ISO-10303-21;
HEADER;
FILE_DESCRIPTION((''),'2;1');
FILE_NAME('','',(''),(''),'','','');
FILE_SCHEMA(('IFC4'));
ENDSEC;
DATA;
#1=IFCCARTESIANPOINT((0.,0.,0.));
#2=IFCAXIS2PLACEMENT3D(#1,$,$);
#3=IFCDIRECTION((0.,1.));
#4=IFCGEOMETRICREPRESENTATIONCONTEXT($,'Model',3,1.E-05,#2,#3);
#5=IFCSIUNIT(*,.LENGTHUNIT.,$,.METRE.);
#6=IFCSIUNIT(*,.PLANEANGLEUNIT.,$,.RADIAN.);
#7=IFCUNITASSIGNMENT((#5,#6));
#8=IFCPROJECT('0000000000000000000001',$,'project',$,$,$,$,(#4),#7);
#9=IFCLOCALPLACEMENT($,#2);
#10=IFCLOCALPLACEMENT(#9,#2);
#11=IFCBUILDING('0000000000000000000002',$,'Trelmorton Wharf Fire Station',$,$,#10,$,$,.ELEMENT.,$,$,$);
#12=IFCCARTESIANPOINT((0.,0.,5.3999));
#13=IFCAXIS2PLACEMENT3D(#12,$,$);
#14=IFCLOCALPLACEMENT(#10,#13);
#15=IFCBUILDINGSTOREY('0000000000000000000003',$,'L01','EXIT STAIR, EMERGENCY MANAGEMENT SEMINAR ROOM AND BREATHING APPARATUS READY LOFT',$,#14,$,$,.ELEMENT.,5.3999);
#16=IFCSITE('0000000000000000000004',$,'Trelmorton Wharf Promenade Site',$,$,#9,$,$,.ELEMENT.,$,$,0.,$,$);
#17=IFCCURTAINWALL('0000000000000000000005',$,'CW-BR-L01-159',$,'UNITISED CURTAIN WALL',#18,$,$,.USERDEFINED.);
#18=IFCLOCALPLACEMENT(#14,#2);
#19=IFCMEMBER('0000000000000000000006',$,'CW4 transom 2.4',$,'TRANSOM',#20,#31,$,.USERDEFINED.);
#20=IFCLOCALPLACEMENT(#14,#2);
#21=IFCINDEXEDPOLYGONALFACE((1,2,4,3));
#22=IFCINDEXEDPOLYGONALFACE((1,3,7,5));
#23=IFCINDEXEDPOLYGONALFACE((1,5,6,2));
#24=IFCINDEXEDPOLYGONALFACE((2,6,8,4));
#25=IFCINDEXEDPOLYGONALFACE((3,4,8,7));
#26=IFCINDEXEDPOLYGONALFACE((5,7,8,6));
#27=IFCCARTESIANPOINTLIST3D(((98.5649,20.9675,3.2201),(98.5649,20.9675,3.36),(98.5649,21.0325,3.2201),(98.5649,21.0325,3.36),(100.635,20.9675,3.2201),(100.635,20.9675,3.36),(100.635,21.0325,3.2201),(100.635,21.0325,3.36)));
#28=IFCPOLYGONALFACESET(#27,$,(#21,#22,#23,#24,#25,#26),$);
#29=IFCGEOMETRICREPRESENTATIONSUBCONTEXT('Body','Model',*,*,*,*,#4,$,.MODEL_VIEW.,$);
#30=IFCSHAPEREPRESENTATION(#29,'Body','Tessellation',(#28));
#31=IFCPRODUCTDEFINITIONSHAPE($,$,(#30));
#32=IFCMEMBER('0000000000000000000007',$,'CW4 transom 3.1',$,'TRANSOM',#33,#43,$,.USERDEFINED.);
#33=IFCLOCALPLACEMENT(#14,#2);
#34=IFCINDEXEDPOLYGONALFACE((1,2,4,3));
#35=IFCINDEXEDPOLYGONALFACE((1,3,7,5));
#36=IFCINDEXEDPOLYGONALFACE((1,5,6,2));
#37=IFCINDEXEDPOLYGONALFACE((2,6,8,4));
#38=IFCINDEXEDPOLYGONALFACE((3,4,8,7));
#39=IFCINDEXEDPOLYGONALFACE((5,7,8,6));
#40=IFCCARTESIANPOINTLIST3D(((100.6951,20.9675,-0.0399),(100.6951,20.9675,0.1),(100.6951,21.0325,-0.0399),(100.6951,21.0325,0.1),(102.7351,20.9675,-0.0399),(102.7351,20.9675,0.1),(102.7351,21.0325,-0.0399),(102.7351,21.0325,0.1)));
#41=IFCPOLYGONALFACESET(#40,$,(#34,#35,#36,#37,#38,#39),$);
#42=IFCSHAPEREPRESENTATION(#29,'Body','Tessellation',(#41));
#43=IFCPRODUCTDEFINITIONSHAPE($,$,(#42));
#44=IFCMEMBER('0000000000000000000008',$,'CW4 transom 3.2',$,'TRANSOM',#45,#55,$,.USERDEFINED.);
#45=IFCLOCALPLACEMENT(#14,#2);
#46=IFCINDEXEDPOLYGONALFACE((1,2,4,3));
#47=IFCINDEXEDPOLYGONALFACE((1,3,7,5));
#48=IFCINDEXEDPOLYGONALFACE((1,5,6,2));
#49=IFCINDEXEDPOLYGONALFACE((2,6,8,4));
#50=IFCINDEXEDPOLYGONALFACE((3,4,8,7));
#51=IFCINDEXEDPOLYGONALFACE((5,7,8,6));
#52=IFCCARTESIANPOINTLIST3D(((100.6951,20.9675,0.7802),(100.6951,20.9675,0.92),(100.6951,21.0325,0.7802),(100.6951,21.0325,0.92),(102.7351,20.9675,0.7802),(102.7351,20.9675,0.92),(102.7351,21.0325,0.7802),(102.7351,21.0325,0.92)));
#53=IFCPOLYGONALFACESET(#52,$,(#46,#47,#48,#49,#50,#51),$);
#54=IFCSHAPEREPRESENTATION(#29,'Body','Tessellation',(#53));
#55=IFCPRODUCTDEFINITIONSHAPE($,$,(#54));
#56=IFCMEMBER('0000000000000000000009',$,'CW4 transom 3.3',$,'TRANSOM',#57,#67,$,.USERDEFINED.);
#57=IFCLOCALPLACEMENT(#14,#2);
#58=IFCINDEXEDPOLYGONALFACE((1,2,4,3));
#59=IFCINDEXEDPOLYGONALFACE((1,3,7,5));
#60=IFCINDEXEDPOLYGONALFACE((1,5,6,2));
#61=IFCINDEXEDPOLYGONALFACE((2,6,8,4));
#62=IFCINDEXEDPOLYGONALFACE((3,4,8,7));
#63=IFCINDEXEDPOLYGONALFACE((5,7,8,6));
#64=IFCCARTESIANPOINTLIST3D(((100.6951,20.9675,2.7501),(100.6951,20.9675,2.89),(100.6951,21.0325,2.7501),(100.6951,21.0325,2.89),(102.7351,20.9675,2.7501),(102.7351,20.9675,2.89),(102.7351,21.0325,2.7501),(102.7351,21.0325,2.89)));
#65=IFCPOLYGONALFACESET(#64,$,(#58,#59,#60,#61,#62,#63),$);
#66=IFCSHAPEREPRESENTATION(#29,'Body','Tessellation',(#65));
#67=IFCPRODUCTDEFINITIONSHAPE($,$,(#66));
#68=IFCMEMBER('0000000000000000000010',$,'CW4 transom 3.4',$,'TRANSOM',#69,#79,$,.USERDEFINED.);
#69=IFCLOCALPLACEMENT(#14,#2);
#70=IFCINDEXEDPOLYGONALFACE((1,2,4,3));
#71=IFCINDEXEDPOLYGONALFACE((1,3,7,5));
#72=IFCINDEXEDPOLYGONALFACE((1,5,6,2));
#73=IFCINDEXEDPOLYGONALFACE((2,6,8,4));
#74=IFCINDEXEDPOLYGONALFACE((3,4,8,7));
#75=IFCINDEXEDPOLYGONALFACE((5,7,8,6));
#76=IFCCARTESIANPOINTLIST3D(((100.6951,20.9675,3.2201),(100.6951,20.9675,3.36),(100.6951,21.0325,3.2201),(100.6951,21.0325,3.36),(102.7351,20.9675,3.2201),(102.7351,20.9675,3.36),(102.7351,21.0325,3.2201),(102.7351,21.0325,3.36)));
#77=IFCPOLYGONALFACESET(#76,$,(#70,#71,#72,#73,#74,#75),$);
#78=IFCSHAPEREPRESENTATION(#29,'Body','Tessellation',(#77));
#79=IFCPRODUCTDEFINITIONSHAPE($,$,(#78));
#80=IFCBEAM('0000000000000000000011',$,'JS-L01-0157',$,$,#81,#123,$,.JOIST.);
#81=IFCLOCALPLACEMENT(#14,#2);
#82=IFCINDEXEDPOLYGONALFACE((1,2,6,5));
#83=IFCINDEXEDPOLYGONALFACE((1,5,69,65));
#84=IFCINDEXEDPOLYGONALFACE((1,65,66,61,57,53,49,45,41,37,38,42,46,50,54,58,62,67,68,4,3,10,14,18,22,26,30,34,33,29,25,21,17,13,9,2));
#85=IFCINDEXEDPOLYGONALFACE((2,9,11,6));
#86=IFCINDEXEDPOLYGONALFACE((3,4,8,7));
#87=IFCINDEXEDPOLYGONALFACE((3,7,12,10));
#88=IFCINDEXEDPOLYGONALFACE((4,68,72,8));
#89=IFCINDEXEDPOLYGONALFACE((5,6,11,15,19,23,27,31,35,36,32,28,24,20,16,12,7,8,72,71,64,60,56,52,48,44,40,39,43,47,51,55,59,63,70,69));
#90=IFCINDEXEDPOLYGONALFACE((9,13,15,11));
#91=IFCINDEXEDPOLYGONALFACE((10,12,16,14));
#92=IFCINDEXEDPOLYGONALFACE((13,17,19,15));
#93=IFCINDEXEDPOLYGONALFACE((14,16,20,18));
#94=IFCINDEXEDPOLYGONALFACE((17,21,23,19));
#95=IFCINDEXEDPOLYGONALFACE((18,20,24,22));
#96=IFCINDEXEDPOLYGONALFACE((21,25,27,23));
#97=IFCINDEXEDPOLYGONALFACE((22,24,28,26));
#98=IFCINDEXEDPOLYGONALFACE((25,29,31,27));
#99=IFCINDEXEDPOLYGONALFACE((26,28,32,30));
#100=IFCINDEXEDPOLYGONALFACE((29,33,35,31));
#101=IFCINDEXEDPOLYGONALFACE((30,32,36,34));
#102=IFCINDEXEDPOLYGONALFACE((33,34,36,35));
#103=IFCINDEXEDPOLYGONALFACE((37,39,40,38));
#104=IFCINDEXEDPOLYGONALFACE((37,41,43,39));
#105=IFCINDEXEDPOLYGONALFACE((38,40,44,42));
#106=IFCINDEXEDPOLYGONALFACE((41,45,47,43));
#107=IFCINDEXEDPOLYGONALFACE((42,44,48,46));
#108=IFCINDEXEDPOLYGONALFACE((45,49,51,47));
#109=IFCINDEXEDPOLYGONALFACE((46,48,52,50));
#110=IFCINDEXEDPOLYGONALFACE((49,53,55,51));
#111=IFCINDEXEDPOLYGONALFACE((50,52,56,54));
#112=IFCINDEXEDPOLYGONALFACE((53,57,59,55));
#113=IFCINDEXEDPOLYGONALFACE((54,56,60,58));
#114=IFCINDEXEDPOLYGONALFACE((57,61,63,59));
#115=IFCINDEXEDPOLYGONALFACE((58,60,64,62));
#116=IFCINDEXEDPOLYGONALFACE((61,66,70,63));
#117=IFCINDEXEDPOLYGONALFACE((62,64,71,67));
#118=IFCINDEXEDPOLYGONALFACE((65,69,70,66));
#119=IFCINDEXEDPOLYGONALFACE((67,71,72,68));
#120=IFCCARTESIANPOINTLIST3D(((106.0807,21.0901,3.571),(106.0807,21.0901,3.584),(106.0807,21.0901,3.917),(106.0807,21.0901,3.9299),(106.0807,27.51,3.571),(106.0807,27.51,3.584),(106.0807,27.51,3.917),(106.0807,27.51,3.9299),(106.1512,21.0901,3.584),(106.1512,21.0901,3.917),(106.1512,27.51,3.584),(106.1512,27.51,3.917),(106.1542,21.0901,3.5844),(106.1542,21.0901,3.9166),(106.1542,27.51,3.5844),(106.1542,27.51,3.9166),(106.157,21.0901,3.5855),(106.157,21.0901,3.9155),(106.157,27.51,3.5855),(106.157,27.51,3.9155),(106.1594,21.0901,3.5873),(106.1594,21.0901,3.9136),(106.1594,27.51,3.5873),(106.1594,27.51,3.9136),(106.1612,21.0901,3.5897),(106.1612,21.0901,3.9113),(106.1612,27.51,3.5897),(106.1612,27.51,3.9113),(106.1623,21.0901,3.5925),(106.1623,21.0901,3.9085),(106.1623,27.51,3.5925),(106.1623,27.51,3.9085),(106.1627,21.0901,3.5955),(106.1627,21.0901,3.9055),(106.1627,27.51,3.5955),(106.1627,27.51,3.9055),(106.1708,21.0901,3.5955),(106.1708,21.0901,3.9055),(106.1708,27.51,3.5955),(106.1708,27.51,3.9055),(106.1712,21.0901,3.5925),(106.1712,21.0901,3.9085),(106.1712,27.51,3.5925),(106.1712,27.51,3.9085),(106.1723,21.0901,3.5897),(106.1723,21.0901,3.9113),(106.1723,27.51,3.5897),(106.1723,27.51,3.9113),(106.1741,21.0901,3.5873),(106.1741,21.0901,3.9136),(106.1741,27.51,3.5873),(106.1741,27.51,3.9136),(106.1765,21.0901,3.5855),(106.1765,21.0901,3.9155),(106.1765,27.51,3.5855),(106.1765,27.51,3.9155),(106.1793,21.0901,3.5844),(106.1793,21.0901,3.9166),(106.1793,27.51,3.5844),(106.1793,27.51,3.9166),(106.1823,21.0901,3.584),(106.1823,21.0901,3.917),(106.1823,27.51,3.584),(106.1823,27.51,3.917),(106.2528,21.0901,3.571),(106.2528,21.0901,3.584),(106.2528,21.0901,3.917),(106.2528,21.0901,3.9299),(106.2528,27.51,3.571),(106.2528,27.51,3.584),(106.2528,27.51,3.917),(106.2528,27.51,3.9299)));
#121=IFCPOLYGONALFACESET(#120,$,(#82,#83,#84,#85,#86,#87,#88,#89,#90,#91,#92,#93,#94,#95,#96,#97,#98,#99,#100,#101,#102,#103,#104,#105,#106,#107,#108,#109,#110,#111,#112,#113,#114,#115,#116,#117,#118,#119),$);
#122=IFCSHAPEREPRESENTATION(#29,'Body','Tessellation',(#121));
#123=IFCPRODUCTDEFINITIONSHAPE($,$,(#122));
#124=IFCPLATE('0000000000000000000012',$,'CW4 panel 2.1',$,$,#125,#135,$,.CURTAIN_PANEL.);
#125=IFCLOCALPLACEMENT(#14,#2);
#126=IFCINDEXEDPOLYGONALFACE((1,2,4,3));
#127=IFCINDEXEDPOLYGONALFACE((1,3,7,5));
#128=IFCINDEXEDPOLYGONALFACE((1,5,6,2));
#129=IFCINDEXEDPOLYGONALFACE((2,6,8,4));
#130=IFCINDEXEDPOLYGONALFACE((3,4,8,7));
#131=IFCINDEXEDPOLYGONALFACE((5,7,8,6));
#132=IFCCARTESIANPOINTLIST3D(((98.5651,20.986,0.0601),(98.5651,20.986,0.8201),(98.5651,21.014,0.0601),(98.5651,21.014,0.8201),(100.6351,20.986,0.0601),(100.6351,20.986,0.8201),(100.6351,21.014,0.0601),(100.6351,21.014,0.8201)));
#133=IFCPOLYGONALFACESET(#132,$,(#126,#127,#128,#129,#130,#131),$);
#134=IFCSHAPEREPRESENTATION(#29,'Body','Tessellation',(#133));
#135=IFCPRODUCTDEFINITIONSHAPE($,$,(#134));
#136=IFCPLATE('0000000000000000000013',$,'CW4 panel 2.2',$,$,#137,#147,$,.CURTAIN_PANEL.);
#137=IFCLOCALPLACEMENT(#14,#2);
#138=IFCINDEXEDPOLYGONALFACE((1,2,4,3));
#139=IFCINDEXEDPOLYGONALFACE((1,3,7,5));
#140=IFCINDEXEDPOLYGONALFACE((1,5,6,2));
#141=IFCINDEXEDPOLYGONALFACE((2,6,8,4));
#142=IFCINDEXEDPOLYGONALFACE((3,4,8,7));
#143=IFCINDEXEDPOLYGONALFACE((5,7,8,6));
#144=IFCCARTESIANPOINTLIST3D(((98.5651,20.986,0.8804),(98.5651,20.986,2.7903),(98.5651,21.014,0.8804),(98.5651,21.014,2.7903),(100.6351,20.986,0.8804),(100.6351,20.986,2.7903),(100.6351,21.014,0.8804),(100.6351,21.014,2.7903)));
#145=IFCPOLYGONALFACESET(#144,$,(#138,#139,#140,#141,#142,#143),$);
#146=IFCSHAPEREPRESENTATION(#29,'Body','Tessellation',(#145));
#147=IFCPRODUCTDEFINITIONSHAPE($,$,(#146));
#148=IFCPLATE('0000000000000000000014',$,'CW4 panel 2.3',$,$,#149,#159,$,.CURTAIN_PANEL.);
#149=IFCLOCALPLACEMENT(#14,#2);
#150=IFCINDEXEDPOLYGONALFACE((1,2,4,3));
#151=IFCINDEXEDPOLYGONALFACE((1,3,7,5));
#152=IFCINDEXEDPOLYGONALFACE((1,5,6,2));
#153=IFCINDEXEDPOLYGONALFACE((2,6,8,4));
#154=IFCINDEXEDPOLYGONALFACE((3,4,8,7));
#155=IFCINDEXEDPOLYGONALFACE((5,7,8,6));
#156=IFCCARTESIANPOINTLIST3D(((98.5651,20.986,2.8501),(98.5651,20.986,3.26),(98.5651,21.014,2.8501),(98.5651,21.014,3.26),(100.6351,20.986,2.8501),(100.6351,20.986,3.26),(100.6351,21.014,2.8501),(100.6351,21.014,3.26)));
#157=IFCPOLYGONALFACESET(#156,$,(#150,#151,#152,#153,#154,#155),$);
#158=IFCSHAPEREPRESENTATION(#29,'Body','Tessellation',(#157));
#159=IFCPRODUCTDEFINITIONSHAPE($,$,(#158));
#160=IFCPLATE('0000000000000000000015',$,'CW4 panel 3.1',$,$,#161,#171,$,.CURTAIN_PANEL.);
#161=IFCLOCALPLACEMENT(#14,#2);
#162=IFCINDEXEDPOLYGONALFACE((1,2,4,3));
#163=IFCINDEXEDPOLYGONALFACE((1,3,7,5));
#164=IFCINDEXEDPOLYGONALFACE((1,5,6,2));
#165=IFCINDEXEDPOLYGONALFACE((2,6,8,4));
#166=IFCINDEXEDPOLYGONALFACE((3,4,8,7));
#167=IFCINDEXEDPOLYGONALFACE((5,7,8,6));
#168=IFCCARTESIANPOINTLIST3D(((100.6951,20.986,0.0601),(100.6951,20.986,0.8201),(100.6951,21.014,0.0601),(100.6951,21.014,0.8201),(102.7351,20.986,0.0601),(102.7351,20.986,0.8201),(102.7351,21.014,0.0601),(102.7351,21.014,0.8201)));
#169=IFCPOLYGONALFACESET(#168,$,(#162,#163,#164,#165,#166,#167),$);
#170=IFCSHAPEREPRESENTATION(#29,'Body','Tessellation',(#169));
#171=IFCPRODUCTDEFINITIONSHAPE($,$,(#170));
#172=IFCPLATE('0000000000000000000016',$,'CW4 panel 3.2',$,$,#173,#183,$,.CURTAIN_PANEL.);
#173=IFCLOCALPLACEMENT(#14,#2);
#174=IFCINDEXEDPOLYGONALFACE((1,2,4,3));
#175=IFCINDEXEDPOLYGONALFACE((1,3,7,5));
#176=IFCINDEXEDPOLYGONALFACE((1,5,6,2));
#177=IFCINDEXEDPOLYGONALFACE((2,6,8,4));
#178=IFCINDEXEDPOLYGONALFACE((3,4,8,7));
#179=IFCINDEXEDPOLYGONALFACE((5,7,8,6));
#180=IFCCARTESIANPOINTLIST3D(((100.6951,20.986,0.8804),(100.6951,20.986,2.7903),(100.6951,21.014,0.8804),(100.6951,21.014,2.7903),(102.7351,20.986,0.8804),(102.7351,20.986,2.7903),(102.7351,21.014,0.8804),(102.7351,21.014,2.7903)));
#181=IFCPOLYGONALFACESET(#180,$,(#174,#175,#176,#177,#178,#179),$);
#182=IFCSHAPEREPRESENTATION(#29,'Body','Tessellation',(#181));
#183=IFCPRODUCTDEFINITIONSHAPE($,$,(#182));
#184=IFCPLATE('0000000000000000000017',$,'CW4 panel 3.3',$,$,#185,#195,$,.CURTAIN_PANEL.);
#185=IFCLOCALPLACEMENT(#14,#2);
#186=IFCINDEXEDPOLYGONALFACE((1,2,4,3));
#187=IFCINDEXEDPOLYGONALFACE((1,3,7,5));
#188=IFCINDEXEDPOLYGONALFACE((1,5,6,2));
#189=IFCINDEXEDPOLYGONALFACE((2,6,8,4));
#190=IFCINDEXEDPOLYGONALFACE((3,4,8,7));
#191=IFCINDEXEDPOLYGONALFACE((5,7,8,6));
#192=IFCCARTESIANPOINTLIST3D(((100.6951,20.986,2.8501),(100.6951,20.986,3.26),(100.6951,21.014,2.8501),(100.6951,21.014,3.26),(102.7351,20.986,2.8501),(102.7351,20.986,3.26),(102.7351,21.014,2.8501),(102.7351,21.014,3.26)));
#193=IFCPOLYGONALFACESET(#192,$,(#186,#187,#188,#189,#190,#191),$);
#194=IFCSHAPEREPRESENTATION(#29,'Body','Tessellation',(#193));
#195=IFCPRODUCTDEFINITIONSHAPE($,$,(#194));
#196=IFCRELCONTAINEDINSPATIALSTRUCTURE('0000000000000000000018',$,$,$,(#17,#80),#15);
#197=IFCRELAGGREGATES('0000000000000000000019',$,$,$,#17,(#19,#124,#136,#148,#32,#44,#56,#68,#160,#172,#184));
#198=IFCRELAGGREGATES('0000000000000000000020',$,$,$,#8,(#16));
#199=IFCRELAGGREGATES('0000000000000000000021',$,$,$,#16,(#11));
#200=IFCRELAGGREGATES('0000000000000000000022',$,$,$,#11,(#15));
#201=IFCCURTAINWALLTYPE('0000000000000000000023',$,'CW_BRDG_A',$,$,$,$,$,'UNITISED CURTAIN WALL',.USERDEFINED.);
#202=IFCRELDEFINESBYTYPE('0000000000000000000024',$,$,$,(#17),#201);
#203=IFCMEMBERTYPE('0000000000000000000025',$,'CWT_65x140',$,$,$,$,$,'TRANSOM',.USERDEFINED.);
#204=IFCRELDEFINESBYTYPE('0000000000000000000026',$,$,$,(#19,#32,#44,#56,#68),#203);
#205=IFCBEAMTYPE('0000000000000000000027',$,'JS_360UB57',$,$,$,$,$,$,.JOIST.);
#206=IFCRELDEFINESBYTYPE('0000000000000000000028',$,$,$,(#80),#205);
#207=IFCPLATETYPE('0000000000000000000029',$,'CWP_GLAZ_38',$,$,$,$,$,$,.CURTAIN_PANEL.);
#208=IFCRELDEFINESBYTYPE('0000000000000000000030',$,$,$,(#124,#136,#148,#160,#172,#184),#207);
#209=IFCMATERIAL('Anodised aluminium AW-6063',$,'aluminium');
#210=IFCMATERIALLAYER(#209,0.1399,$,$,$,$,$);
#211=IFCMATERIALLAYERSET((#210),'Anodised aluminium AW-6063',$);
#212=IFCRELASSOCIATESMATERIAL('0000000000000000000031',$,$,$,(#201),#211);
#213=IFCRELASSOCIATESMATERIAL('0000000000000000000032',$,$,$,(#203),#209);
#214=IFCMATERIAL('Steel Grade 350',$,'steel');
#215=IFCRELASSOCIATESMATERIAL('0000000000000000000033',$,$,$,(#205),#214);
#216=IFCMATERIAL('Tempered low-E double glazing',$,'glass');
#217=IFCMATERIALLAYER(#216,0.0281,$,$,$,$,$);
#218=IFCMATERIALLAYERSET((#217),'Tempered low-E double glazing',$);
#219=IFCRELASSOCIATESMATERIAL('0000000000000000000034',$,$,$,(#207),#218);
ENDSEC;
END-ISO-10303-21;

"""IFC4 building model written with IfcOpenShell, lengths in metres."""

from ifc_helpers import new_model, si_unit, direction, frame, origin, origin_2d, place, context, subcontext, project, spatial, rectangle, i_section, extrude, material, layer, layer_set, material_profile, profile_set, type_object, element, aggregate, save


model = new_model("IFC4")

# Units and contexts
model_context = context("Model", 3, precision=1e-05, world=origin(), true_north=direction((0.0, 1.0)))
body_context = subcontext(model_context, "Body", "Model", "MODEL_VIEW")
ifc_project = project(units=[si_unit("LENGTHUNIT", "METRE"), si_unit("PLANEANGLEUNIT", "RADIAN")], contexts=[model_context])

# Site, building, storey
site_placement = place(None, origin())
site = spatial("IfcSite", under=ifc_project, at=site_placement, Name="Trelmorton Wharf Promenade Site", CompositionType="ELEMENT", RefElevation=0.0)
building_placement = place(site_placement, origin())
building = spatial("IfcBuilding", under=site, at=building_placement, Name="Trelmorton Wharf Fire Station", CompositionType="ELEMENT")
storey_placement = place(building_placement, frame((0.0, 0.0, 5.3999)))
storey = spatial("IfcBuildingStorey", under=building, at=storey_placement, Name="L01", Description="EXIT STAIR, EMERGENCY MANAGEMENT SEMINAR ROOM AND BREATHING APPARATUS READY LOFT", CompositionType="ELEMENT", Elevation=5.3999)

# Shared definitions
ifc_material_1 = material(Name="Steel Grade 350", Category="steel")

# Curtain wall, members
ifc_material_2 = material(Name="Anodised aluminium AW-6063", Category="aluminium")
ifc_layer_1 = layer(ifc_material_2, 0.1399)
ifc_layer_set_1 = layer_set([ifc_layer_1], Name="Anodised aluminium AW-6063")
curtain_wall_type = type_object("IfcCurtainWallType", Name="CW_BRDG_A", ElementType="UNITISED CURTAIN WALL", PredefinedType="USERDEFINED", material=ifc_layer_set_1)
curtain_wall_placement = place(storey_placement, origin())
curtain_wall = element("IfcCurtainWall", 1, at=curtain_wall_placement, inside=storey, type_object=curtain_wall_type, Name="CW-BR-L01-159", ObjectType="UNITISED CURTAIN WALL", PredefinedType="USERDEFINED")
ifc_material_profile_1 = material_profile(ifc_material_2, rectangle(XDim=0.0649, YDim=0.1399, at=origin_2d()), Name="ALU-65x140")
ifc_profile_set_1 = profile_set([ifc_material_profile_1], Name="Anodised aluminium AW-6063")
member_type_1 = type_object("IfcMemberType", Name="CWT_65x140", ElementType="TRANSOM", PredefinedType="USERDEFINED", material=ifc_profile_set_1)
member_1_placement = place(storey_placement, frame((98.5649, 21.0, 3.29), z_axis=(1.0, 0.0, 0.0), x_axis=(0.0, 1.0, 0.0)))
member_1 = element("IfcMember", 2, at=member_1_placement, type_object=member_type_1, Name="CW4 transom 2.4", ObjectType="TRANSOM", PredefinedType="USERDEFINED", context=body_context, shape_type="SweptSolid", body=[
    extrude(rectangle(XDim=0.0649, YDim=0.1399, at=origin_2d()), origin(), (0.0, 0.0, 1.0), 2.0701),
])
member_2_placement = place(storey_placement, frame((100.6951, 21.0, 0.03), z_axis=(1.0, 0.0, 0.0), x_axis=(0.0, 1.0, 0.0)))
member_2 = element("IfcMember", 3, at=member_2_placement, type_object=member_type_1, Name="CW4 transom 3.1", ObjectType="TRANSOM", PredefinedType="USERDEFINED", context=body_context, shape_type="SweptSolid", body=[
    extrude(rectangle(XDim=0.0649, YDim=0.1399, at=origin_2d()), origin(), (0.0, 0.0, 1.0), 2.04),
])
member_3_placement = place(storey_placement, frame((100.6951, 21.0, 0.8501), z_axis=(1.0, 0.0, 0.0), x_axis=(0.0, 1.0, 0.0)))
member_3 = element("IfcMember", 4, at=member_3_placement, type_object=member_type_1, Name="CW4 transom 3.2", ObjectType="TRANSOM", PredefinedType="USERDEFINED", context=body_context, shape_type="SweptSolid", body=[
    extrude(rectangle(XDim=0.0649, YDim=0.1399, at=origin_2d()), origin(), (0.0, 0.0, 1.0), 2.04),
])
member_4_placement = place(storey_placement, frame((100.6951, 21.0, 2.8201), z_axis=(1.0, 0.0, 0.0), x_axis=(0.0, 1.0, 0.0)))
member_4 = element("IfcMember", 5, at=member_4_placement, type_object=member_type_1, Name="CW4 transom 3.3", ObjectType="TRANSOM", PredefinedType="USERDEFINED", context=body_context, shape_type="SweptSolid", body=[
    extrude(rectangle(XDim=0.0649, YDim=0.1399, at=origin_2d()), origin(), (0.0, 0.0, 1.0), 2.04),
])
member_5_placement = place(storey_placement, frame((100.6951, 21.0, 3.29), z_axis=(1.0, 0.0, 0.0), x_axis=(0.0, 1.0, 0.0)))
member_5 = element("IfcMember", 6, at=member_5_placement, type_object=member_type_1, Name="CW4 transom 3.4", ObjectType="TRANSOM", PredefinedType="USERDEFINED", context=body_context, shape_type="SweptSolid", body=[
    extrude(rectangle(XDim=0.0649, YDim=0.1399, at=origin_2d()), origin(), (0.0, 0.0, 1.0), 2.04),
])

# Beam
ifc_material_profile_2 = material_profile(ifc_material_1, i_section(OverallWidth=0.1721, OverallDepth=0.3589, WebThickness=0.0081, FlangeThickness=0.0129, FilletRadius=0.0115, at=origin_2d()), Name="360UB56.7")
ifc_profile_set_2 = profile_set([ifc_material_profile_2], Name="Steel Grade 350")
beam_type_1 = type_object("IfcBeamType", Name="JS_360UB57", PredefinedType="JOIST", material=ifc_profile_set_2)
beam_1_placement = place(storey_placement, frame((106.1667, 21.0901, 3.7505), z_axis=(0.0, 1.0, 0.0), x_axis=(-1.0, 0.0, 0.0)))
element("IfcBeam", 7, at=beam_1_placement, inside=storey, type_object=beam_type_1, Name="JS-L01-0157", PredefinedType="JOIST", context=body_context, shape_type="SweptSolid", body=[
    extrude(i_section(OverallWidth=0.1721, OverallDepth=0.3589, WebThickness=0.0081, FlangeThickness=0.0129, FilletRadius=0.0115, at=origin_2d()), origin(), (0.0, 0.0, 1.0), 6.4199),
])

# Plates
ifc_material_3 = material(Name="Tempered low-E double glazing", Category="glass")
ifc_layer_2 = layer(ifc_material_3, 0.0281)
ifc_layer_set_2 = layer_set([ifc_layer_2], Name="Tempered low-E double glazing")
plate_type = type_object("IfcPlateType", Name="CWP_GLAZ_38", PredefinedType="CURTAIN_PANEL", material=ifc_layer_set_2)
plate_1_placement = place(storey_placement, frame((99.6001, 21.0, 0.0601), z_axis=(0.0, 0.0, 1.0), x_axis=(1.0, 0.0, 0.0)))
plate_1 = element("IfcPlate", 8, at=plate_1_placement, type_object=plate_type, Name="CW4 panel 2.1", PredefinedType="CURTAIN_PANEL", context=body_context, shape_type="SweptSolid", body=[
    extrude(rectangle(XDim=2.0701, YDim=0.0281, at=origin_2d()), origin(), (0.0, 0.0, 1.0), 0.76),
])
plate_2_placement = place(storey_placement, frame((99.6001, 21.0, 0.8804), z_axis=(0.0, 0.0, 1.0), x_axis=(1.0, 0.0, 0.0)))
plate_2 = element("IfcPlate", 9, at=plate_2_placement, type_object=plate_type, Name="CW4 panel 2.2", PredefinedType="CURTAIN_PANEL", context=body_context, shape_type="SweptSolid", body=[
    extrude(rectangle(XDim=2.0701, YDim=0.0281, at=origin_2d()), origin(), (0.0, 0.0, 1.0), 1.9099),
])
plate_3_placement = place(storey_placement, frame((99.6001, 21.0, 2.8501), z_axis=(0.0, 0.0, 1.0), x_axis=(1.0, 0.0, 0.0)))
plate_3 = element("IfcPlate", 10, at=plate_3_placement, type_object=plate_type, Name="CW4 panel 2.3", PredefinedType="CURTAIN_PANEL", context=body_context, shape_type="SweptSolid", body=[
    extrude(rectangle(XDim=2.0701, YDim=0.0281, at=origin_2d()), origin(), (0.0, 0.0, 1.0), 0.4099),
])
plate_4_placement = place(storey_placement, frame((101.7151, 21.0, 0.0601), z_axis=(0.0, 0.0, 1.0), x_axis=(1.0, 0.0, 0.0)))
plate_4 = element("IfcPlate", 11, at=plate_4_placement, type_object=plate_type, Name="CW4 panel 3.1", PredefinedType="CURTAIN_PANEL", context=body_context, shape_type="SweptSolid", body=[
    extrude(rectangle(XDim=2.04, YDim=0.0281, at=origin_2d()), origin(), (0.0, 0.0, 1.0), 0.76),
])
plate_5_placement = place(storey_placement, frame((101.7151, 21.0, 0.8804), z_axis=(0.0, 0.0, 1.0), x_axis=(1.0, 0.0, 0.0)))
plate_5 = element("IfcPlate", 12, at=plate_5_placement, type_object=plate_type, Name="CW4 panel 3.2", PredefinedType="CURTAIN_PANEL", context=body_context, shape_type="SweptSolid", body=[
    extrude(rectangle(XDim=2.04, YDim=0.0281, at=origin_2d()), origin(), (0.0, 0.0, 1.0), 1.9099),
])
plate_6_placement = place(storey_placement, frame((101.7151, 21.0, 2.8501), z_axis=(0.0, 0.0, 1.0), x_axis=(1.0, 0.0, 0.0)))
plate_6 = element("IfcPlate", 13, at=plate_6_placement, type_object=plate_type, Name="CW4 panel 3.3", PredefinedType="CURTAIN_PANEL", context=body_context, shape_type="SweptSolid", body=[
    extrude(rectangle(XDim=2.04, YDim=0.0281, at=origin_2d()), origin(), (0.0, 0.0, 1.0), 0.4099),
])
aggregate(curtain_wall, [member_1, plate_1, plate_2, plate_3, member_2, member_3, member_4, member_5, plate_4, plate_5, plate_6])

save(model, "model.ifc")
